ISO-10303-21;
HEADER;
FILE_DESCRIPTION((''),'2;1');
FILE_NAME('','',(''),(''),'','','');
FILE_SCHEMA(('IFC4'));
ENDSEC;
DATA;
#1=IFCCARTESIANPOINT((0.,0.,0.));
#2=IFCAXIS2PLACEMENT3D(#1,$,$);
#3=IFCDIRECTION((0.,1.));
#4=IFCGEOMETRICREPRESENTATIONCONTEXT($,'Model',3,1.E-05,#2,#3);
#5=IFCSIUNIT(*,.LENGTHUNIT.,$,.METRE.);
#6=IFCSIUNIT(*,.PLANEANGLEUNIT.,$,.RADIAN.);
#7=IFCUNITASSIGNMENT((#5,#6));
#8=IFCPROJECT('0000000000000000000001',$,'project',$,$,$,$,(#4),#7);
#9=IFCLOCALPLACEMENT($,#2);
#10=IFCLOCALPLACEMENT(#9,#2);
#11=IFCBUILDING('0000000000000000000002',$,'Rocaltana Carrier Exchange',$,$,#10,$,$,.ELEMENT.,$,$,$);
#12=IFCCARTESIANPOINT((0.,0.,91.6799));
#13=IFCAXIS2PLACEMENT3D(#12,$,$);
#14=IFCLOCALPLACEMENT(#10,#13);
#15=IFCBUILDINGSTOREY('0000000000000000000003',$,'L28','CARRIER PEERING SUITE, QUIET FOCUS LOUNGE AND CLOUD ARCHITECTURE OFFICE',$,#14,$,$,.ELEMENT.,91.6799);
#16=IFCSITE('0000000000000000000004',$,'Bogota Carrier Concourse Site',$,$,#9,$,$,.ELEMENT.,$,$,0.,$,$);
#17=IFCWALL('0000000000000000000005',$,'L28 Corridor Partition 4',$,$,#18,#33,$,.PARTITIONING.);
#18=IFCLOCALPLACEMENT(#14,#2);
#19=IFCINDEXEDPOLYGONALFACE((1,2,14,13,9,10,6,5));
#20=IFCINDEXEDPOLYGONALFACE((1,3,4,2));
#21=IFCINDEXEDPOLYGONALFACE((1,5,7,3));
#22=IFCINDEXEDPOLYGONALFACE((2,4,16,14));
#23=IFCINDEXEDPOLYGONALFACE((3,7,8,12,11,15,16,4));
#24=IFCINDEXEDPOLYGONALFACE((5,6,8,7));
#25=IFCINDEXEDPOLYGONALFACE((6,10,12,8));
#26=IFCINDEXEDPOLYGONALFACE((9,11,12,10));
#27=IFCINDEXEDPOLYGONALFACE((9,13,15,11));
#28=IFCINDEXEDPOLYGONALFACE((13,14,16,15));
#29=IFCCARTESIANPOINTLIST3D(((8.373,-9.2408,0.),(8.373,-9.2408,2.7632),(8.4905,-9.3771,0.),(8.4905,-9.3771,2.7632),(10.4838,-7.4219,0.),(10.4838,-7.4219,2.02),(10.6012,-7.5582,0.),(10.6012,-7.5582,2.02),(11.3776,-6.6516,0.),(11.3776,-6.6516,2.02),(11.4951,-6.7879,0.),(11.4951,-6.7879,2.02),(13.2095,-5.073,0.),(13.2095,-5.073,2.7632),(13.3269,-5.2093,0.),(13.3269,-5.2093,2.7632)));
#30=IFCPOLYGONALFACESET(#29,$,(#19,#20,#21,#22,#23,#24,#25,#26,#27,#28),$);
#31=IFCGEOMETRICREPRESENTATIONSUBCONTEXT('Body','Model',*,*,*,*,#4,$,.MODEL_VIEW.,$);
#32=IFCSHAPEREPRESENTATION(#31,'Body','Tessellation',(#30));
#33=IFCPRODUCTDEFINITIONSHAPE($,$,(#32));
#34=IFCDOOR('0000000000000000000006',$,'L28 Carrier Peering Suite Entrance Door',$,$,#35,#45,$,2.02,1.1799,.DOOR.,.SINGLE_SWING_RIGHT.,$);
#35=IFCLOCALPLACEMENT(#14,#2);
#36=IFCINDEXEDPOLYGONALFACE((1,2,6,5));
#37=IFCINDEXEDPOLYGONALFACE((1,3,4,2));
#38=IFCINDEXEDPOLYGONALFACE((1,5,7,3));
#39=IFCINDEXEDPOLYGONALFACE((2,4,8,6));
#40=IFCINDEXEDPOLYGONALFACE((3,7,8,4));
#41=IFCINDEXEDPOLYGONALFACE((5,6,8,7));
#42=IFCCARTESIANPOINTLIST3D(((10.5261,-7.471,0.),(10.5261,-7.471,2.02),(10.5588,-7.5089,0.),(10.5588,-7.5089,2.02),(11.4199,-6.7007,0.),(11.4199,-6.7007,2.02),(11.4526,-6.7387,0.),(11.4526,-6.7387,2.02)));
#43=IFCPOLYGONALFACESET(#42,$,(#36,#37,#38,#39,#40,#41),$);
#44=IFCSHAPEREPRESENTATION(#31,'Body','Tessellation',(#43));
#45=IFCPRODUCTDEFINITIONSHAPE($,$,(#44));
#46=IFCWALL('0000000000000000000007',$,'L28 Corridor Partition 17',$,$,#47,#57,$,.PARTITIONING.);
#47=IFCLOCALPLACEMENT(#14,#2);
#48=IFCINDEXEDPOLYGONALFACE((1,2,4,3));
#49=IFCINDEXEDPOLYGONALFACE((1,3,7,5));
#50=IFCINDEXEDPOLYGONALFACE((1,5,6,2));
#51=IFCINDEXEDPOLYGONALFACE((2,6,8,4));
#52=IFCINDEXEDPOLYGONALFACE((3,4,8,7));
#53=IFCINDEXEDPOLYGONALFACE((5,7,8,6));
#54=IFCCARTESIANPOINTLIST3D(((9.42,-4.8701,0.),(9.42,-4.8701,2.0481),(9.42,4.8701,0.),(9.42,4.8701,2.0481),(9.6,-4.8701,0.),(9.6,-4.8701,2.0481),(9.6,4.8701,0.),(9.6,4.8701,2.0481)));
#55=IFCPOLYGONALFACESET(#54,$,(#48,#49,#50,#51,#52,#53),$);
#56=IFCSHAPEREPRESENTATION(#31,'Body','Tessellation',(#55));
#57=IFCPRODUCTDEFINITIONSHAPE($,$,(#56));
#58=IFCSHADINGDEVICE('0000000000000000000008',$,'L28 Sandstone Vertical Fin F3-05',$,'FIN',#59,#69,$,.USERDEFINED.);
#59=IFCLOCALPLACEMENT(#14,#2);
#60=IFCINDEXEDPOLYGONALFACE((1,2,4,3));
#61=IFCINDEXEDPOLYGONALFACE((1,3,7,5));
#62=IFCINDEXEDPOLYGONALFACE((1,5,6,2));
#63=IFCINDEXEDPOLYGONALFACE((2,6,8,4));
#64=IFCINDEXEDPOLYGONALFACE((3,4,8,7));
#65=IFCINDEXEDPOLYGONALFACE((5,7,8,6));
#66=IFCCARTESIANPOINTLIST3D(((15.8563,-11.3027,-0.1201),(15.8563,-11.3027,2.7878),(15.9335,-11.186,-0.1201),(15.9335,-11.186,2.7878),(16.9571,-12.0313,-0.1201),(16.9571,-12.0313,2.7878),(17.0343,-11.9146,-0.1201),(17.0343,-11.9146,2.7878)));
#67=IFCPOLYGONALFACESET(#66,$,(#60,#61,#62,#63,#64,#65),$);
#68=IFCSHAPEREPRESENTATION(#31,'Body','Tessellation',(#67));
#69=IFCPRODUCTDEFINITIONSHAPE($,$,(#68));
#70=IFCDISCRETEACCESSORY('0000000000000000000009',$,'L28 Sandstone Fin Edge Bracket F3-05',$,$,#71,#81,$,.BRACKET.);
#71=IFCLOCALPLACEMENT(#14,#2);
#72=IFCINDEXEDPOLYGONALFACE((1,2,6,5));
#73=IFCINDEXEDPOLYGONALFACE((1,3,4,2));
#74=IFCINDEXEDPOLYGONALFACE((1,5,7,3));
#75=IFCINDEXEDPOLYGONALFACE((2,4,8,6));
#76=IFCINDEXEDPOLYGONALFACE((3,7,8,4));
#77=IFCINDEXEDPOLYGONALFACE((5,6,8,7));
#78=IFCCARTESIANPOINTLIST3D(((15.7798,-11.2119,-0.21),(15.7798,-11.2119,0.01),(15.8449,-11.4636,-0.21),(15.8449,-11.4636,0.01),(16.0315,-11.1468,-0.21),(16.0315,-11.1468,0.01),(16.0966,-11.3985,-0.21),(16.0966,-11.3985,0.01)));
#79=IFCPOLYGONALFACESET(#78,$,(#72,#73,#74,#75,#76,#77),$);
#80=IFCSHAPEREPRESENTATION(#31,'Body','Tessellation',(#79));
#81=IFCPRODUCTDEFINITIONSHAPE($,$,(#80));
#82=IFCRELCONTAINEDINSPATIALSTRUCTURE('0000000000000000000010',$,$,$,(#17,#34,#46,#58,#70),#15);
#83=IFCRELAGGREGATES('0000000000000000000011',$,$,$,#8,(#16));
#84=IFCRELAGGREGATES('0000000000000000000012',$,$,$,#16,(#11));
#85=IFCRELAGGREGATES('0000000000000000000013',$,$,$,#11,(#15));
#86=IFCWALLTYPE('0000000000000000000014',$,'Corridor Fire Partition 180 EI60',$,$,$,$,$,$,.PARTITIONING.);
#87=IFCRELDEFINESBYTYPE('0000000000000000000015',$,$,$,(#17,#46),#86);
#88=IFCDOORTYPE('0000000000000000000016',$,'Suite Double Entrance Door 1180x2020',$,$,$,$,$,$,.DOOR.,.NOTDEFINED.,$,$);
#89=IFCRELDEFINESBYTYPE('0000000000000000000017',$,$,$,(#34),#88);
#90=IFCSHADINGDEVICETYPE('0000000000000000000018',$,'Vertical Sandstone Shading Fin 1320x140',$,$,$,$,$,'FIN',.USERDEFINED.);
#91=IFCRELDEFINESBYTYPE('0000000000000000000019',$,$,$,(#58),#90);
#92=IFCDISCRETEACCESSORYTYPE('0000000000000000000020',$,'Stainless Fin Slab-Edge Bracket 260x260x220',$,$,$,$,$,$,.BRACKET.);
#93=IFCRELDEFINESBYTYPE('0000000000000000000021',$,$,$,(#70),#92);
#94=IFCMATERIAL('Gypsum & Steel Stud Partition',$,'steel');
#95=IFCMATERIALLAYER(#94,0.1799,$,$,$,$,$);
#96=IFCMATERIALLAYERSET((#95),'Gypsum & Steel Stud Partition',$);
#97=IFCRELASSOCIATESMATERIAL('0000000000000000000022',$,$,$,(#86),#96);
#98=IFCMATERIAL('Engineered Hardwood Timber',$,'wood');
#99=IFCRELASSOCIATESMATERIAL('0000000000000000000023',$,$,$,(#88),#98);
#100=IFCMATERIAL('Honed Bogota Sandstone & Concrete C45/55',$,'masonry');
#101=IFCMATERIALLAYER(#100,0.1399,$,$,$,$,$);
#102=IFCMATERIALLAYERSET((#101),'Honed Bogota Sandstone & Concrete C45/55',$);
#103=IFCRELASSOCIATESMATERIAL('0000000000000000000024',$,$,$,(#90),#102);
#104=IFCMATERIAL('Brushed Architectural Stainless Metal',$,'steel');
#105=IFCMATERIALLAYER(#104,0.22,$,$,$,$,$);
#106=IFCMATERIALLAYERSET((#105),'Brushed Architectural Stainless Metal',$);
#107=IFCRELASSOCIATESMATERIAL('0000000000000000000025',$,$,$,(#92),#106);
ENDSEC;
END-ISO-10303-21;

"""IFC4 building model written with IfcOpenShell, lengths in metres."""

from ifc_helpers import new_model, si_unit, direction, frame, frame_2d, origin, origin_2d, place, context, subcontext, project, spatial, rectangle, extrude, material, layer, layer_set, type_object, element, fill, save


model = new_model("IFC4")

# Units and contexts
model_context = context("Model", 3, precision=1e-05, world=origin(), true_north=direction((0.0, 1.0)))
body_context = subcontext(model_context, "Body", "Model", "MODEL_VIEW")
ifc_project = project(units=[si_unit("LENGTHUNIT", "METRE"), si_unit("PLANEANGLEUNIT", "RADIAN")], contexts=[model_context])

# Site, building, storey
site_placement = place(None, origin())
site = spatial("IfcSite", under=ifc_project, at=site_placement, Name="Bogota Carrier Concourse Site", CompositionType="ELEMENT", RefElevation=0.0)
building_placement = place(site_placement, origin())
building = spatial("IfcBuilding", under=site, at=building_placement, Name="Rocaltana Carrier Exchange", CompositionType="ELEMENT")
storey_placement = place(building_placement, frame((0.0, 0.0, 91.6799)))
storey = spatial("IfcBuildingStorey", under=building, at=storey_placement, Name="L28", Description="CARRIER PEERING SUITE, QUIET FOCUS LOUNGE AND CLOUD ARCHITECTURE OFFICE", CompositionType="ELEMENT", Elevation=91.6799)

# Wall, opening, door
ifc_material_1 = material(Name="Gypsum & Steel Stud Partition", Category="steel")
ifc_layer_1 = layer(ifc_material_1, 0.1799)
ifc_layer_set_1 = layer_set([ifc_layer_1], Name="Gypsum & Steel Stud Partition")
wall_type_1 = type_object("IfcWallType", Name="Corridor Fire Partition 180 EI60", PredefinedType="PARTITIONING", material=ifc_layer_set_1)
wall_1_placement = place(storey_placement, frame((13.2683, -5.1411, 0.0), z_axis=(0.0, 0.0, 1.0), x_axis=(-0.757535, -0.652795, 0.0)))
wall_1 = element("IfcWall", 1, at=wall_1_placement, inside=storey, type_object=wall_type_1, Name="L28 Corridor Partition 4", PredefinedType="PARTITIONING", context=body_context, shape_type="SweptSolid", body=[
    extrude(rectangle(XDim=6.3845, YDim=0.1799, at=frame_2d((3.1924, 0.0))), origin(), (0.0, 0.0, 1.0), 2.7632),
])
opening_placement = place(wall_1_placement, frame((2.4185, 0.0, 0.0)))
opening = element("IfcOpeningElement", 2, at=opening_placement, cuts=wall_1, PredefinedType="OPENING", context=body_context, shape_type="SweptSolid", body=[
    extrude(rectangle(XDim=1.1799, YDim=2.02, at=frame_2d((0.5898, 1.01))), frame((0.0, 0.0999, 0.0), z_axis=(0.0, -1.0, 0.0), x_axis=(1.0, 0.0, 0.0)), (0.0, 0.0, 1.0), 0.2),
])
ifc_material_2 = material(Name="Engineered Hardwood Timber", Category="wood")
door_type = type_object("IfcDoorType", Name="Suite Double Entrance Door 1180x2020", OperationType="NOTDEFINED", PredefinedType="DOOR", material=ifc_material_2)
door_placement = place(opening_placement, origin())
door = element("IfcDoor", 3, at=door_placement, inside=storey, type_object=door_type, Name="L28 Carrier Peering Suite Entrance Door", OperationType="SINGLE_SWING_RIGHT", OverallHeight=2.02, OverallWidth=1.1799, PredefinedType="DOOR", context=body_context, shape_type="SweptSolid", body=[
    extrude(rectangle(XDim=1.1799, YDim=2.02, at=frame_2d((0.5898, 1.01))), frame((0.0, 0.0249, 0.0), z_axis=(0.0, -1.0, 0.0), x_axis=(1.0, 0.0, 0.0)), (0.0, 0.0, 1.0), 0.05),
])
fill(opening, door)

# Wall
wall_2_placement = place(storey_placement, frame((9.51, -4.8701, 0.0), z_axis=(0.0, 0.0, 1.0), x_axis=(0.0, 1.0, 0.0)))
element("IfcWall", 4, at=wall_2_placement, inside=storey, type_object=wall_type_1, Name="L28 Corridor Partition 17", PredefinedType="PARTITIONING", context=body_context, shape_type="SweptSolid", body=[
    extrude(rectangle(XDim=9.7402, YDim=0.1799, at=frame_2d((4.8701, 0.0))), origin(), (0.0, 0.0, 1.0), 2.0481),
])

# Shading device
ifc_material_3 = material(Name="Honed Bogota Sandstone & Concrete C45/55", Category="masonry")
ifc_layer_2 = layer(ifc_material_3, 0.1399)
ifc_layer_set_2 = layer_set([ifc_layer_2], Name="Honed Bogota Sandstone & Concrete C45/55")
shading_device_type = type_object("IfcShadingDeviceType", Name="Vertical Sandstone Shading Fin 1320x140", ElementType="FIN", PredefinedType="USERDEFINED", material=ifc_layer_set_2)
shading_device_placement = place(storey_placement, frame((16.4453, -11.6086, -0.1201), z_axis=(0.0, 0.0, 1.0), x_axis=(0.833886, -0.551937, 0.0)))
element("IfcShadingDevice", 5, at=shading_device_placement, inside=storey, type_object=shading_device_type, Name="L28 Sandstone Vertical Fin F3-05", ObjectType="FIN", PredefinedType="USERDEFINED", context=body_context, shape_type="SweptSolid", body=[
    extrude(rectangle(XDim=1.3201, YDim=0.1399, at=origin_2d()), origin(), (0.0, 0.0, 1.0), 2.908),
])

# Discrete accessory
ifc_material_4 = material(Name="Brushed Architectural Stainless Metal", Category="steel")
ifc_layer_3 = layer(ifc_material_4, 0.22)
ifc_layer_set_3 = layer_set([ifc_layer_3], Name="Brushed Architectural Stainless Metal")
discrete_accessory_type = type_object("IfcDiscreteAccessoryType", Name="Stainless Fin Slab-Edge Bracket 260x260x220", PredefinedType="BRACKET", material=ifc_layer_set_3)
discrete_accessory_placement = place(storey_placement, frame((15.9382, -11.3052, -0.21), z_axis=(0.0, 0.0, 1.0), x_axis=(0.968148, 0.25038, 0.0)))
element("IfcDiscreteAccessory", 6, at=discrete_accessory_placement, inside=storey, type_object=discrete_accessory_type, Name="L28 Sandstone Fin Edge Bracket F3-05", PredefinedType="BRACKET", context=body_context, shape_type="SweptSolid", body=[
    extrude(rectangle(XDim=0.26, YDim=0.26, at=origin_2d()), origin(), (0.0, 0.0, 1.0), 0.22),
])

save(model, "model.ifc")
